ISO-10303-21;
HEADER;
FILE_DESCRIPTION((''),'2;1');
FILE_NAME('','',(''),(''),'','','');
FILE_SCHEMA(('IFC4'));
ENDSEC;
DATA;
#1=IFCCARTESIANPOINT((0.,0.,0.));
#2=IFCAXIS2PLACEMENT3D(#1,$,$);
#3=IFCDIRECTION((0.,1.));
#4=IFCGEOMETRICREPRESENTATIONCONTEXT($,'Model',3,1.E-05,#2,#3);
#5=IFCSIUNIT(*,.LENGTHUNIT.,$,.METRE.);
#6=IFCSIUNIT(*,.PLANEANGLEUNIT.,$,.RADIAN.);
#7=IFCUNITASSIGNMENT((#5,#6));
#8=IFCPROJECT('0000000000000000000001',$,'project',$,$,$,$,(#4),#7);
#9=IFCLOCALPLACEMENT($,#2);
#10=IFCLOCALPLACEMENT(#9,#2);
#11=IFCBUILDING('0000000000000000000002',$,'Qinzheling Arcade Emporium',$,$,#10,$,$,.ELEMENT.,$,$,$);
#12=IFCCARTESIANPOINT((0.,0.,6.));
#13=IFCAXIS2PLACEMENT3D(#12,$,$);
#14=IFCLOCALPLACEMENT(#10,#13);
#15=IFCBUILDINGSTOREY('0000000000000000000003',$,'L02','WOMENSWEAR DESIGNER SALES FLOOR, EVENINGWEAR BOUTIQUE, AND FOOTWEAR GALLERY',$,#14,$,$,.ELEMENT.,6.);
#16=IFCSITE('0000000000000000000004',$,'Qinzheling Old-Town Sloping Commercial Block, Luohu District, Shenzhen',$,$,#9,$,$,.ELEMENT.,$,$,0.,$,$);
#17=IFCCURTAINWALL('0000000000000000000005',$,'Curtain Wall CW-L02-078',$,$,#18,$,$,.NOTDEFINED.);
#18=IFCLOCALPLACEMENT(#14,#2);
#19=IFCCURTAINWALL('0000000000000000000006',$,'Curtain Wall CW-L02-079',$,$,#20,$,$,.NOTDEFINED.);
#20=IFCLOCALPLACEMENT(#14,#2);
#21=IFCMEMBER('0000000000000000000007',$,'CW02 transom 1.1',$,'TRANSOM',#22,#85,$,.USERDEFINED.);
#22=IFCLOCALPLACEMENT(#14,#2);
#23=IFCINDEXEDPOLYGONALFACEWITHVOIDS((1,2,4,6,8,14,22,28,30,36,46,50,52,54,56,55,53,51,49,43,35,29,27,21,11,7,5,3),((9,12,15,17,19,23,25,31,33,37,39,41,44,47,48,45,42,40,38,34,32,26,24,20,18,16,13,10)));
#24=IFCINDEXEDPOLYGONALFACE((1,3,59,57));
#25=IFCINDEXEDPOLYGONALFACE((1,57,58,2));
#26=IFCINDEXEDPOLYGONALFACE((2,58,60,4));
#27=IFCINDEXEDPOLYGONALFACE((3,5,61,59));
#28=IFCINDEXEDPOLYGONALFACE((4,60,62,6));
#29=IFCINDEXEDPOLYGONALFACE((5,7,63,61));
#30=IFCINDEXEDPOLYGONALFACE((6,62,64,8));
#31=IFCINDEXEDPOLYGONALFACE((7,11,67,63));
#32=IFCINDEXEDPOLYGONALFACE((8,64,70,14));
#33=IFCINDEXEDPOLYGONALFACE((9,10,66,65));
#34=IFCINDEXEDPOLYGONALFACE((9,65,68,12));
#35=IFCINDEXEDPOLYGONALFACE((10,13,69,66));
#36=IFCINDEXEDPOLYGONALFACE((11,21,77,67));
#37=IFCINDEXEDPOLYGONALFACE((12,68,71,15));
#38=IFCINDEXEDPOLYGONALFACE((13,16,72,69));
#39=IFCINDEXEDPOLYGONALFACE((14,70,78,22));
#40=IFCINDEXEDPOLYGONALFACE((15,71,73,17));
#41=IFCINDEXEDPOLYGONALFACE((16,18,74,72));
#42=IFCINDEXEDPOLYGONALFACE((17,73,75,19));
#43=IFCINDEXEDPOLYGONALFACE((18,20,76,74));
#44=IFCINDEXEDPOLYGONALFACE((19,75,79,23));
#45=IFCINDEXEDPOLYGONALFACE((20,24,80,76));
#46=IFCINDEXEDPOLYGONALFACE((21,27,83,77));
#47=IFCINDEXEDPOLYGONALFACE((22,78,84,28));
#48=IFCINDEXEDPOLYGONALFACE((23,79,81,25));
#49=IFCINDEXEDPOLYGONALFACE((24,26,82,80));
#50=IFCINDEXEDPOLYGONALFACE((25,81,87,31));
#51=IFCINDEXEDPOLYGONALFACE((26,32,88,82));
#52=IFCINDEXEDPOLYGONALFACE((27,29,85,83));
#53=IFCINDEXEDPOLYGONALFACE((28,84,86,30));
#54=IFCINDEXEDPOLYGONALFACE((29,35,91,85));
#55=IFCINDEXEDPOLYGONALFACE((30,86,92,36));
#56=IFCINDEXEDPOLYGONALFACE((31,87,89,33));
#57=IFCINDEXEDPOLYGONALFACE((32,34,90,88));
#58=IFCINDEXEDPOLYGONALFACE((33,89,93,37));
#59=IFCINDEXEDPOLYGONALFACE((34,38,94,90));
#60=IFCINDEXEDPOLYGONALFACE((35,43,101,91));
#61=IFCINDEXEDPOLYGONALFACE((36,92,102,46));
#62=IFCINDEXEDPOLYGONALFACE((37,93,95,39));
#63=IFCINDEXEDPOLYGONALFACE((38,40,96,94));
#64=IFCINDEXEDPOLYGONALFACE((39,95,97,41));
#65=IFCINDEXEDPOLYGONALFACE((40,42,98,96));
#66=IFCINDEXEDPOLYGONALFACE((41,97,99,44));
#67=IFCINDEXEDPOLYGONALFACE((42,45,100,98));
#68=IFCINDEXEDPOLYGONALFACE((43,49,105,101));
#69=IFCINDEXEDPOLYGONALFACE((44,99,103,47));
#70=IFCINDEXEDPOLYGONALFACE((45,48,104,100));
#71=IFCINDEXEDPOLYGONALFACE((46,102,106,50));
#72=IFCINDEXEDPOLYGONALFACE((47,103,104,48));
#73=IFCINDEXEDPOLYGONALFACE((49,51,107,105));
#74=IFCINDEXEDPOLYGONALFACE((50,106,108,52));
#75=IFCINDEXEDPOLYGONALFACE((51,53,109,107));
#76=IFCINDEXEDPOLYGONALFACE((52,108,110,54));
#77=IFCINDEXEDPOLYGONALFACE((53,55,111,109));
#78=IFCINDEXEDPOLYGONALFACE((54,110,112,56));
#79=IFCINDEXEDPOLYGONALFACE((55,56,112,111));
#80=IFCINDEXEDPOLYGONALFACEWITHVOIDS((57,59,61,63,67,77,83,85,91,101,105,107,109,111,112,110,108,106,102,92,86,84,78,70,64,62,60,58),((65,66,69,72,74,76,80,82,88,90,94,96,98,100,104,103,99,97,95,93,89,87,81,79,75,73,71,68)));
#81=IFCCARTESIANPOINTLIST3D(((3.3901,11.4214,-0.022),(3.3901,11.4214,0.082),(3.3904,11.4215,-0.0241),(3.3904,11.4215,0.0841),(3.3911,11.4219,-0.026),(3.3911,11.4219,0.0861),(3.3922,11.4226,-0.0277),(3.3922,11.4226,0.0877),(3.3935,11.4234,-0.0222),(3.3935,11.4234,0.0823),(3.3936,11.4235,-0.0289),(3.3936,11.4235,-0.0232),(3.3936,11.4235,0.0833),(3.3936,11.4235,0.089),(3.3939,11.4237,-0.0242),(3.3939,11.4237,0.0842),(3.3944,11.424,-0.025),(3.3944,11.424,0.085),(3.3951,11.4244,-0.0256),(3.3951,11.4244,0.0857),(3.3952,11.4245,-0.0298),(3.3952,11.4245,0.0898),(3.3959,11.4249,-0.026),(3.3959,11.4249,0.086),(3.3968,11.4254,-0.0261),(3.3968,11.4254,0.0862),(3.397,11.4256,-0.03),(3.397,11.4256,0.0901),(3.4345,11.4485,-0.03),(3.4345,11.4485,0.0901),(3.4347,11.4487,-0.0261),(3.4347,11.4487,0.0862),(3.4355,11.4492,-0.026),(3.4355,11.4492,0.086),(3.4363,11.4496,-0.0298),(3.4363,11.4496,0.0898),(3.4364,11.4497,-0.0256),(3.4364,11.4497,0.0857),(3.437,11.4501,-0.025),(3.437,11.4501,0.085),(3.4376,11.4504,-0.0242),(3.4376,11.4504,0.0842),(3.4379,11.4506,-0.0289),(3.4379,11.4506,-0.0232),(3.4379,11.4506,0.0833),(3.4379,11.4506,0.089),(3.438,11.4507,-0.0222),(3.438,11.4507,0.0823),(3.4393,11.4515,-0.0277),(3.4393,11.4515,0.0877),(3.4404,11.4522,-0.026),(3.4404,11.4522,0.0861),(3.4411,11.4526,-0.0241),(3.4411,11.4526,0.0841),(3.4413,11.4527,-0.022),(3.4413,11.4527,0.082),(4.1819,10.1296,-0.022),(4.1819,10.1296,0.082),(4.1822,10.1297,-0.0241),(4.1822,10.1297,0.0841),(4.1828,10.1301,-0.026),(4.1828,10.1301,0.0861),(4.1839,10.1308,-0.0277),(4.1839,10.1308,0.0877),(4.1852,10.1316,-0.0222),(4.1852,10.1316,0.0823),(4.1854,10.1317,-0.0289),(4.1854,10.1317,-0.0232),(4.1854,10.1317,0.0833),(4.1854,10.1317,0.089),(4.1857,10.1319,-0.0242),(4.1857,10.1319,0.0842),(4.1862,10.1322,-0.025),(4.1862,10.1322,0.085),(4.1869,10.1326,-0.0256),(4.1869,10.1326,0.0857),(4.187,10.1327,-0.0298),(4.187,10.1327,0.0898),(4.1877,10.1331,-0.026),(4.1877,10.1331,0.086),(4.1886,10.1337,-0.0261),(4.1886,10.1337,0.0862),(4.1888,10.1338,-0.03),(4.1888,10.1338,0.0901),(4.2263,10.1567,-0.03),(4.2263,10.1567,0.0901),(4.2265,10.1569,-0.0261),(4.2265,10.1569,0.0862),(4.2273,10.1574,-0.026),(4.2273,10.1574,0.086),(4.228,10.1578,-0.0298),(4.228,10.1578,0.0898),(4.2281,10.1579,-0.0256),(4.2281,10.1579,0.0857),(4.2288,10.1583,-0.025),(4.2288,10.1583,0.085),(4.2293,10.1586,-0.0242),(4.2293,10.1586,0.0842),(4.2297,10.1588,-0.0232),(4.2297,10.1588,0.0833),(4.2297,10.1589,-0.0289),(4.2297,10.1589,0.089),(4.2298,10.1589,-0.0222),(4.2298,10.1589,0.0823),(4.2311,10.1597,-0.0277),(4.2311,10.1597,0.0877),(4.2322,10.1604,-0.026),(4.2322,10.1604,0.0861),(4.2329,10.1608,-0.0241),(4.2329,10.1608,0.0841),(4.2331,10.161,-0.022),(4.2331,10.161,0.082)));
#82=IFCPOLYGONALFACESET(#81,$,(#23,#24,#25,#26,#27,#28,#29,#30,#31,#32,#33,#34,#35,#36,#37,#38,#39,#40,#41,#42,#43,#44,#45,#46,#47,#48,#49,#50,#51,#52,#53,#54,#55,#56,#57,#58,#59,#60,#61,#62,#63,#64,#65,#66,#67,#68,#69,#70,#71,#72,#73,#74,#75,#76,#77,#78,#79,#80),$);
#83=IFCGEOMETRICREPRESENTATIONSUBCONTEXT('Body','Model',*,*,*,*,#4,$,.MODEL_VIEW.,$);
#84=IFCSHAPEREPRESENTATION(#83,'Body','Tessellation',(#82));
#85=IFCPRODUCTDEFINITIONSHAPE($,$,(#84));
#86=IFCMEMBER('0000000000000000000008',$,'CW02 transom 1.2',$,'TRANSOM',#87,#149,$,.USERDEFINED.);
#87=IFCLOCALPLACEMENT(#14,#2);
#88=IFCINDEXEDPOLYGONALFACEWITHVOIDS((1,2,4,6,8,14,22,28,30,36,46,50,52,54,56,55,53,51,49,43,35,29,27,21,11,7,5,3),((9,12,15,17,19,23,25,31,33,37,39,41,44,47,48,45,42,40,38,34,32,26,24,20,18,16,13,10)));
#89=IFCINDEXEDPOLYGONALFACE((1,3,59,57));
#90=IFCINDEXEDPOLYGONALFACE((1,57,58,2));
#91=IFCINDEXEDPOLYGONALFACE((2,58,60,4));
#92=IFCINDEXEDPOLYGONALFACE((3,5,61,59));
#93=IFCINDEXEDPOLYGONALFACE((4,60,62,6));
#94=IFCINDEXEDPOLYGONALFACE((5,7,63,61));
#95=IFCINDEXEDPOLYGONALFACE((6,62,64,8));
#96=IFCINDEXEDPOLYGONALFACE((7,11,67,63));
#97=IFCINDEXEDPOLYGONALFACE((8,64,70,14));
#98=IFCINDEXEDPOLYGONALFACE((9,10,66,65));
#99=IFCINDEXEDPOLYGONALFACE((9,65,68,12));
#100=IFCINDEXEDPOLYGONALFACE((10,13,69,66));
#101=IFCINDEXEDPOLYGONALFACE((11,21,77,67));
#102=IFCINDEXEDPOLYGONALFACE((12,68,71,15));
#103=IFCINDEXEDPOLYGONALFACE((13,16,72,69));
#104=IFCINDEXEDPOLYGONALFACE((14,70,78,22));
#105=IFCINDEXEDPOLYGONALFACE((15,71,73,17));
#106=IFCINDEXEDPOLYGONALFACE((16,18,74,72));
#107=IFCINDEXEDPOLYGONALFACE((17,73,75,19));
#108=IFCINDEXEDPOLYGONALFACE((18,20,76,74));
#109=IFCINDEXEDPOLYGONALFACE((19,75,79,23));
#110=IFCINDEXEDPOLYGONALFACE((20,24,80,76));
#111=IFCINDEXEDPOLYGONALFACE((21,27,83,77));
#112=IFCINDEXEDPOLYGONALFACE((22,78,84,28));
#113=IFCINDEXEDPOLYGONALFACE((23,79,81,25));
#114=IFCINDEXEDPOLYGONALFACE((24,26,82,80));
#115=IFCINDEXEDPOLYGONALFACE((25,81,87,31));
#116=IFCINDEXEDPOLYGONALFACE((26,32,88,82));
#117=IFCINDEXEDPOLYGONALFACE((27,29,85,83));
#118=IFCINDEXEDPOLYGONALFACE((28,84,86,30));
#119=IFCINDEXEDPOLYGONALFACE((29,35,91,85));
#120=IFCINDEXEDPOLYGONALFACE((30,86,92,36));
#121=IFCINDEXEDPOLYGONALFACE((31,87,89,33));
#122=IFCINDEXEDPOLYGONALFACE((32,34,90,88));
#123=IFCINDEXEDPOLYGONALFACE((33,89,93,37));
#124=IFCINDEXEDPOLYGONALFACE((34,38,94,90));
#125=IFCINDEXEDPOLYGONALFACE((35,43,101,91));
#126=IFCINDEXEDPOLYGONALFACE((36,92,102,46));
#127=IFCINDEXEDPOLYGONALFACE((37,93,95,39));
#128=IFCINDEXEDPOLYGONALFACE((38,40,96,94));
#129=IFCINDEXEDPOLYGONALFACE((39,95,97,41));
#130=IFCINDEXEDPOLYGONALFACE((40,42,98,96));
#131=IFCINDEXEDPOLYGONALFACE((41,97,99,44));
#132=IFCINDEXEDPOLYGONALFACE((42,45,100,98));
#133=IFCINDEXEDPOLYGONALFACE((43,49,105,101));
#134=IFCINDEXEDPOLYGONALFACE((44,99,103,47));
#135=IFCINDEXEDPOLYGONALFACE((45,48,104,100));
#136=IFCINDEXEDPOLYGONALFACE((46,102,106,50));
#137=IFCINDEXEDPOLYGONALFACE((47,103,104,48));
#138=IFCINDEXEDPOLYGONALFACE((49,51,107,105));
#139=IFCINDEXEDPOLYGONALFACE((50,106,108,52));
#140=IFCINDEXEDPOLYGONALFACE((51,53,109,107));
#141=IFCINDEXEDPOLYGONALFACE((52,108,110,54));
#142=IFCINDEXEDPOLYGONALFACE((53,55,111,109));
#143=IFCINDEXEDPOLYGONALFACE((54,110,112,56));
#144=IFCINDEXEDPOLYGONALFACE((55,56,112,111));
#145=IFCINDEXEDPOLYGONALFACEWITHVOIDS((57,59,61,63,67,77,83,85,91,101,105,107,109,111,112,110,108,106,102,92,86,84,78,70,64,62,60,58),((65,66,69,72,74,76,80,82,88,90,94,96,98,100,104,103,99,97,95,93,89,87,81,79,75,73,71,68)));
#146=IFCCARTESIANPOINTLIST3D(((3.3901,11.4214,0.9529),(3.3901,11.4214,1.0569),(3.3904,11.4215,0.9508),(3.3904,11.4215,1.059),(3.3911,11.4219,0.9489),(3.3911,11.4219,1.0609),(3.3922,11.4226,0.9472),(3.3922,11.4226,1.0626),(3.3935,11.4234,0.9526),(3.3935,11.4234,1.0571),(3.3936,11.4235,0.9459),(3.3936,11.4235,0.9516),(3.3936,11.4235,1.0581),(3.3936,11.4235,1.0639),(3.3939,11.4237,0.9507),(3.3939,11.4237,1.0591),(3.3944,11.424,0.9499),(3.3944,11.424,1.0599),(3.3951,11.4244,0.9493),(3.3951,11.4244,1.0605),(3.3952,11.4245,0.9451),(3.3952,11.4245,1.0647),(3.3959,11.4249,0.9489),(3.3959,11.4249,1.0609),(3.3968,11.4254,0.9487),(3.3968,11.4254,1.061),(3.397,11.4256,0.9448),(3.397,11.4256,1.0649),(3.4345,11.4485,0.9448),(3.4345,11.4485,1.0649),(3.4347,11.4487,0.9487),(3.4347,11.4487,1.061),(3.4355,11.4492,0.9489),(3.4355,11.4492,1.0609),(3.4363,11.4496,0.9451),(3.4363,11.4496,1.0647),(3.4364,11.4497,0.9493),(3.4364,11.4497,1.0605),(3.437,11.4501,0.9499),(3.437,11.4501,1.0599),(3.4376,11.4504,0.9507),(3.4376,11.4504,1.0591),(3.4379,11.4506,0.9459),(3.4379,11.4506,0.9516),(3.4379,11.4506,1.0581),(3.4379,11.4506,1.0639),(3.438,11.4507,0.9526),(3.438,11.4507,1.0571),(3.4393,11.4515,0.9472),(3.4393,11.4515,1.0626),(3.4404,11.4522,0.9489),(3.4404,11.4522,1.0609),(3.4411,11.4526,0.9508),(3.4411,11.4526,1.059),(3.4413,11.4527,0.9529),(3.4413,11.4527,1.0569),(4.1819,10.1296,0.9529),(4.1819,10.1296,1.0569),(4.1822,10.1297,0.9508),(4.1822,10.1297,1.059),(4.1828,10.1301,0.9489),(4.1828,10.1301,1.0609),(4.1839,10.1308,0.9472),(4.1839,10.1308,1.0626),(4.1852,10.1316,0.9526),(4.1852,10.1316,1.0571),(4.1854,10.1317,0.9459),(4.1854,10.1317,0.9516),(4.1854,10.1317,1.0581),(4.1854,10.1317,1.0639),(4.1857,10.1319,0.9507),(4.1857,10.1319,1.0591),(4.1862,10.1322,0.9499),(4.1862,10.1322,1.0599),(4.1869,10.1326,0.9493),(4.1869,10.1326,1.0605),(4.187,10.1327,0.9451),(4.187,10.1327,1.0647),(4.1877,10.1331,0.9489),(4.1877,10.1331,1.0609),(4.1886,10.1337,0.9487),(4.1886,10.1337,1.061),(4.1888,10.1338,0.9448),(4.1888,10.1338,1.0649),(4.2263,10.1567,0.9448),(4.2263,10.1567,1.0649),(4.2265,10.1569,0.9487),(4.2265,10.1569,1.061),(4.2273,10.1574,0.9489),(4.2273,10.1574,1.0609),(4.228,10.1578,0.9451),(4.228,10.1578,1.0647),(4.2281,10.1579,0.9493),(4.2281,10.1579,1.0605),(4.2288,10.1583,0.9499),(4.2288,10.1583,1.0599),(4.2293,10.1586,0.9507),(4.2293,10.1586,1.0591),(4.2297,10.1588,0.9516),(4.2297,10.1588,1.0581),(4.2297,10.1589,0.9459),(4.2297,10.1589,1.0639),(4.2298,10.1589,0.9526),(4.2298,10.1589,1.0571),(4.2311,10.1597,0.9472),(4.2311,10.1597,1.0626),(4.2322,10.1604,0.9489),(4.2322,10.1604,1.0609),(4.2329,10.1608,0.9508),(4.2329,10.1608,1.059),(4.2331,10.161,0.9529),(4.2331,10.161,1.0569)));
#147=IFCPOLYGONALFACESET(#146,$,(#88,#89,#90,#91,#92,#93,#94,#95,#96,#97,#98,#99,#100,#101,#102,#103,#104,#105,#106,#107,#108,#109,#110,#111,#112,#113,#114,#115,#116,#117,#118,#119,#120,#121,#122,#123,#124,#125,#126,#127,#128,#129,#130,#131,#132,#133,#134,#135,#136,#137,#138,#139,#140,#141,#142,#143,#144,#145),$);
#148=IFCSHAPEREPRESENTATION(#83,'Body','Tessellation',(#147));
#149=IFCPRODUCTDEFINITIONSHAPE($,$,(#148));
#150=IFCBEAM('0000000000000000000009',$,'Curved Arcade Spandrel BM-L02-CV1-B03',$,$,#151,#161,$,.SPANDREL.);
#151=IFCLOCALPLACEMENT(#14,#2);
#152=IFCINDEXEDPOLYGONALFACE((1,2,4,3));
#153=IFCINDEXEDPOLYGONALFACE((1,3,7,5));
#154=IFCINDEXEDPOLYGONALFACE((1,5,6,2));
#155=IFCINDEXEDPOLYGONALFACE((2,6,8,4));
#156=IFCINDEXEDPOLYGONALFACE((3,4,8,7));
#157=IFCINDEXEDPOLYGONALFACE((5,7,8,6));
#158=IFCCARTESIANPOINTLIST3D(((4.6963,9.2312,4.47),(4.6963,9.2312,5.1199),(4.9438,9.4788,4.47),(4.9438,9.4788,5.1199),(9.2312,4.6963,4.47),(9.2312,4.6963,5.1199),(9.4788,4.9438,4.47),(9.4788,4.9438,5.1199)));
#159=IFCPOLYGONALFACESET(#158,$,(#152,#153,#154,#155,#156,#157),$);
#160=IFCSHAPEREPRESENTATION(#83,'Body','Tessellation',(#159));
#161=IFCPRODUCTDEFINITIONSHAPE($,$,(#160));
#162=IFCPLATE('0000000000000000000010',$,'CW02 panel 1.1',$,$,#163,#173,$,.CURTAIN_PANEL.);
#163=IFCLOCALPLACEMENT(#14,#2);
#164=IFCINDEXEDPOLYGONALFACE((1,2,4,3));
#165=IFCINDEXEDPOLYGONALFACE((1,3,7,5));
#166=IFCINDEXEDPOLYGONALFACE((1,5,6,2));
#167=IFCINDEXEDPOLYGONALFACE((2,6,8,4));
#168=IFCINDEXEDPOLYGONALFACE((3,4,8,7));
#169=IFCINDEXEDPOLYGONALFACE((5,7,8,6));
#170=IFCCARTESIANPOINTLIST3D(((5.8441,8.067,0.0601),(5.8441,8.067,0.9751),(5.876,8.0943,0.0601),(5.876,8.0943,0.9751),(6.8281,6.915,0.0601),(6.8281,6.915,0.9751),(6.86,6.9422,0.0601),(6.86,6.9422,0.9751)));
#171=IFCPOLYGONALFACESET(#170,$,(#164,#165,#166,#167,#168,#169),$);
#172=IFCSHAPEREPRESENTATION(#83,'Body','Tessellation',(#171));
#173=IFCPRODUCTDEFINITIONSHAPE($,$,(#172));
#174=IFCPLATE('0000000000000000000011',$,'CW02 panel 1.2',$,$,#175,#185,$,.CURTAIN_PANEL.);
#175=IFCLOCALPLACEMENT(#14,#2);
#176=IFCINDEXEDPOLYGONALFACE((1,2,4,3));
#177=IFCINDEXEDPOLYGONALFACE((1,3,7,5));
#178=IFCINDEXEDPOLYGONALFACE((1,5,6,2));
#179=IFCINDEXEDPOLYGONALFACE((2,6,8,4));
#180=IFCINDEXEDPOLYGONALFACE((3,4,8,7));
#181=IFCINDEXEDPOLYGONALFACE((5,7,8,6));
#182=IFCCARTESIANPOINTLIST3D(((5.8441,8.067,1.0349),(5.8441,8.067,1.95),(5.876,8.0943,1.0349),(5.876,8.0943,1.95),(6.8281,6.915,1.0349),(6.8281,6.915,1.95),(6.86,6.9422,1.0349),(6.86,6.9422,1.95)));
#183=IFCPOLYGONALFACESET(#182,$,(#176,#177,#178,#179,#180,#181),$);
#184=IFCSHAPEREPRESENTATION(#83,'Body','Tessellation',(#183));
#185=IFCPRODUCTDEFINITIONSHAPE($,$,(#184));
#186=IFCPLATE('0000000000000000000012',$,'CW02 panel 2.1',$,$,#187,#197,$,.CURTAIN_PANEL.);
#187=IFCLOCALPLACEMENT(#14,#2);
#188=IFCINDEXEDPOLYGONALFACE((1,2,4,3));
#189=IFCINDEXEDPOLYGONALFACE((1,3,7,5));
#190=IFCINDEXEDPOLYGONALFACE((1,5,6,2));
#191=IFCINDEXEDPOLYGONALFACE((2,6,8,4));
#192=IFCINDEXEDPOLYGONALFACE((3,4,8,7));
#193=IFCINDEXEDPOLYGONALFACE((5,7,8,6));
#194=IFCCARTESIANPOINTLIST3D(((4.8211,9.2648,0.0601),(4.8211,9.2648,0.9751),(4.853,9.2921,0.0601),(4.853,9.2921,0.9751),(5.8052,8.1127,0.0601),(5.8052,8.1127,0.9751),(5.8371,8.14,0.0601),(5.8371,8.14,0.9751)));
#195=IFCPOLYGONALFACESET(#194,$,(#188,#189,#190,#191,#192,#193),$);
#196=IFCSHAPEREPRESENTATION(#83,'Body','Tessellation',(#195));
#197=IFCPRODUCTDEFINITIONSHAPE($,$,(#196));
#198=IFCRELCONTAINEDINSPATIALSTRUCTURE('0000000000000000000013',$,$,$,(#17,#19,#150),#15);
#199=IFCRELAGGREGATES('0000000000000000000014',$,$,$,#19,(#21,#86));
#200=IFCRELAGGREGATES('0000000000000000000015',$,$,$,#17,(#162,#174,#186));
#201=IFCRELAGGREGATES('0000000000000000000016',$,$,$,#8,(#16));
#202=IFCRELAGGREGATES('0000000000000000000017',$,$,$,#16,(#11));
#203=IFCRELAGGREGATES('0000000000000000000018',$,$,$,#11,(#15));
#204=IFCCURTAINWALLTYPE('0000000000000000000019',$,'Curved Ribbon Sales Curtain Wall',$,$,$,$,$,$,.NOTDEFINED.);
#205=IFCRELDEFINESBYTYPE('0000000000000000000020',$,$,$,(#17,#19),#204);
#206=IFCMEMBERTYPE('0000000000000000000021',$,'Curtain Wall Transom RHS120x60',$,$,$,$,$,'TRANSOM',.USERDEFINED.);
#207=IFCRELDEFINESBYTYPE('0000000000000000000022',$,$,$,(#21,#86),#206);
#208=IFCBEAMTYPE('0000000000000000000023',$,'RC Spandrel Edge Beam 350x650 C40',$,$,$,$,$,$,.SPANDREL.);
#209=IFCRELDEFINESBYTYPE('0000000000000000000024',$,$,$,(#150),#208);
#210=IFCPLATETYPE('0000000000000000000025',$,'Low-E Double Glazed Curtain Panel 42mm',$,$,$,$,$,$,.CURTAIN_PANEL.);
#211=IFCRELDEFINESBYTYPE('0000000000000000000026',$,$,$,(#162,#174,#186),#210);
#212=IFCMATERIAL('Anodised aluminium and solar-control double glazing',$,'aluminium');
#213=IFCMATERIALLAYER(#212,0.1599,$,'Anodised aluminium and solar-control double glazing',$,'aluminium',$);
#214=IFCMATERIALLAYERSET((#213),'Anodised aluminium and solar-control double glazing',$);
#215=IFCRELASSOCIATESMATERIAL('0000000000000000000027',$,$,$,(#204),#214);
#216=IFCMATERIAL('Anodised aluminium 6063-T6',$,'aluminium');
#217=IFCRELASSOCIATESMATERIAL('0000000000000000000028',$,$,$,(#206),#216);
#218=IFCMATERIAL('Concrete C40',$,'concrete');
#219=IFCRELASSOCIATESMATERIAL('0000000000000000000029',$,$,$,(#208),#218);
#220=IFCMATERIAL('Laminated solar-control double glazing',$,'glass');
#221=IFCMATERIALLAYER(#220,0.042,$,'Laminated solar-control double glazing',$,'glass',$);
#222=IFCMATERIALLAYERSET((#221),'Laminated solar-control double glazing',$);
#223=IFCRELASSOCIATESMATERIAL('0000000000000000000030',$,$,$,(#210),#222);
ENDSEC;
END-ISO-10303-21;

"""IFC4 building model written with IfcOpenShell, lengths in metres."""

from ifc_helpers import new_model, si_unit, direction, frame, origin, origin_2d, place, context, subcontext, project, spatial, rectangle, hollow_rectangle, extrude, material, layer, layer_set, material_profile, profile_set, type_object, element, aggregate, save


model = new_model("IFC4")

# Units and contexts
model_context = context("Model", 3, precision=1e-05, world=origin(), true_north=direction((0.0, 1.0)))
body_context = subcontext(model_context, "Body", "Model", "MODEL_VIEW")
ifc_project = project(units=[si_unit("LENGTHUNIT", "METRE"), si_unit("PLANEANGLEUNIT", "RADIAN")], contexts=[model_context])

# Site, building, storey
site_placement = place(None, origin())
site = spatial("IfcSite", under=ifc_project, at=site_placement, Name="Qinzheling Old-Town Sloping Commercial Block, Luohu District, Shenzhen", CompositionType="ELEMENT", RefElevation=0.0)
building_placement = place(site_placement, origin())
building = spatial("IfcBuilding", under=site, at=building_placement, Name="Qinzheling Arcade Emporium", CompositionType="ELEMENT")
storey_placement = place(building_placement, frame((0.0, 0.0, 6.0)))
storey = spatial("IfcBuildingStorey", under=building, at=storey_placement, Name="L02", Description="WOMENSWEAR DESIGNER SALES FLOOR, EVENINGWEAR BOUTIQUE, AND FOOTWEAR GALLERY", CompositionType="ELEMENT", Elevation=6.0)

# Curtain wall
ifc_material_1 = material(Name="Anodised aluminium and solar-control double glazing", Category="aluminium")
ifc_layer_1 = layer(ifc_material_1, 0.1599, Name="Anodised aluminium and solar-control double glazing", Category="aluminium")
ifc_layer_set_1 = layer_set([ifc_layer_1], Name="Anodised aluminium and solar-control double glazing")
curtain_wall_type = type_object("IfcCurtainWallType", Name="Curved Ribbon Sales Curtain Wall", PredefinedType="NOTDEFINED", material=ifc_layer_set_1)
curtain_wall_1_placement = place(storey_placement, origin())
curtain_wall_1 = element("IfcCurtainWall", 1, at=curtain_wall_1_placement, inside=storey, type_object=curtain_wall_type, Name="Curtain Wall CW-L02-078", PredefinedType="NOTDEFINED")
ifc_material_2 = material(Name="Anodised aluminium 6063-T6", Category="aluminium")

# Curtain wall
curtain_wall_2_placement = place(storey_placement, origin())
curtain_wall_2 = element("IfcCurtainWall", 2, at=curtain_wall_2_placement, inside=storey, type_object=curtain_wall_type, Name="Curtain Wall CW-L02-079", PredefinedType="NOTDEFINED")

# Members
ifc_material_profile_1 = material_profile(ifc_material_2, hollow_rectangle(XDim=0.0601, YDim=0.1201, WallThickness=0.0039, InnerFilletRadius=0.0039, OuterFilletRadius=0.0081, at=origin_2d()), Name="RHS 120x60x4", Category="aluminium")
ifc_profile_set_1 = profile_set([ifc_material_profile_1], Name="Anodised aluminium 6063-T6")
member_type_1 = type_object("IfcMemberType", Name="Curtain Wall Transom RHS120x60", ElementType="TRANSOM", PredefinedType="USERDEFINED", material=ifc_profile_set_1)
member_1_placement = place(storey_placement, frame((4.2075, 10.1453, 0.03), z_axis=(-0.522577, 0.852592, 0.0), x_axis=(-0.852592, -0.522577, 0.0)))
member_1 = element("IfcMember", 3, at=member_1_placement, type_object=member_type_1, Name="CW02 transom 1.1", ObjectType="TRANSOM", PredefinedType="USERDEFINED", context=body_context, shape_type="SweptSolid", body=[
    extrude(hollow_rectangle(XDim=0.0601, YDim=0.1201, WallThickness=0.0039, InnerFilletRadius=0.0039, OuterFilletRadius=0.0081, at=origin_2d()), origin(), (0.0, 0.0, 1.0), 1.5151),
])
member_2_placement = place(storey_placement, frame((4.2075, 10.1453, 1.0049), z_axis=(-0.522577, 0.852592, 0.0), x_axis=(-0.852592, -0.522577, 0.0)))
member_2 = element("IfcMember", 4, at=member_2_placement, type_object=member_type_1, Name="CW02 transom 1.2", ObjectType="TRANSOM", PredefinedType="USERDEFINED", context=body_context, shape_type="SweptSolid", body=[
    extrude(hollow_rectangle(XDim=0.0601, YDim=0.1201, WallThickness=0.0039, InnerFilletRadius=0.0039, OuterFilletRadius=0.0081, at=origin_2d()), origin(), (0.0, 0.0, 1.0), 1.5151),
])
aggregate(curtain_wall_2, [member_1, member_2])

# Beam
ifc_material_3 = material(Name="Concrete C40", Category="concrete")
ifc_material_profile_2 = material_profile(ifc_material_3, rectangle(XDim=0.3501, YDim=0.6499, at=origin_2d()), Name="RC 350x650", Category="concrete")
ifc_profile_set_2 = profile_set([ifc_material_profile_2], Name="Concrete C40")
beam_type_1 = type_object("IfcBeamType", Name="RC Spandrel Edge Beam 350x650 C40", PredefinedType="SPANDREL", material=ifc_profile_set_2)
beam_1_placement = place(storey_placement, frame((4.8201, 9.355, 4.7949), z_axis=(0.707107, -0.707107, 0.0), x_axis=(0.707107, 0.707107, 0.0)))
element("IfcBeam", 5, at=beam_1_placement, inside=storey, type_object=beam_type_1, Name="Curved Arcade Spandrel BM-L02-CV1-B03", PredefinedType="SPANDREL", context=body_context, shape_type="SweptSolid", body=[
    extrude(rectangle(XDim=0.3501, YDim=0.6499, at=origin_2d()), origin(), (0.0, 0.0, 1.0), 6.4133),
])

# Plates
ifc_material_4 = material(Name="Laminated solar-control double glazing", Category="glass")
ifc_layer_2 = layer(ifc_material_4, 0.042, Name="Laminated solar-control double glazing", Category="glass")
ifc_layer_set_2 = layer_set([ifc_layer_2], Name="Laminated solar-control double glazing")
plate_type = type_object("IfcPlateType", Name="Low-E Double Glazed Curtain Panel 42mm", PredefinedType="CURTAIN_PANEL", material=ifc_layer_set_2)
plate_1_placement = place(storey_placement, frame((6.3521, 7.5046, 0.0601), z_axis=(0.0, 0.0, 1.0), x_axis=(-0.649482, 0.760377, 0.0)))
plate_1 = element("IfcPlate", 6, at=plate_1_placement, type_object=plate_type, Name="CW02 panel 1.1", PredefinedType="CURTAIN_PANEL", context=body_context, shape_type="SweptSolid", body=[
    extrude(rectangle(XDim=1.5151, YDim=0.042, at=origin_2d()), origin(), (0.0, 0.0, 1.0), 0.915),
])
plate_2_placement = place(storey_placement, frame((6.3521, 7.5046, 1.0349), z_axis=(0.0, 0.0, 1.0), x_axis=(-0.649482, 0.760377, 0.0)))
plate_2 = element("IfcPlate", 7, at=plate_2_placement, type_object=plate_type, Name="CW02 panel 1.2", PredefinedType="CURTAIN_PANEL", context=body_context, shape_type="SweptSolid", body=[
    extrude(rectangle(XDim=1.5151, YDim=0.042, at=origin_2d()), origin(), (0.0, 0.0, 1.0), 0.915),
])
plate_3_placement = place(storey_placement, frame((5.3291, 8.7024, 0.0601), z_axis=(0.0, 0.0, 1.0), x_axis=(-0.649482, 0.760377, 0.0)))
plate_3 = element("IfcPlate", 8, at=plate_3_placement, type_object=plate_type, Name="CW02 panel 2.1", PredefinedType="CURTAIN_PANEL", context=body_context, shape_type="SweptSolid", body=[
    extrude(rectangle(XDim=1.5151, YDim=0.042, at=origin_2d()), origin(), (0.0, 0.0, 1.0), 0.915),
])
aggregate(curtain_wall_1, [plate_1, plate_2, plate_3])

save(model, "model.ifc")
